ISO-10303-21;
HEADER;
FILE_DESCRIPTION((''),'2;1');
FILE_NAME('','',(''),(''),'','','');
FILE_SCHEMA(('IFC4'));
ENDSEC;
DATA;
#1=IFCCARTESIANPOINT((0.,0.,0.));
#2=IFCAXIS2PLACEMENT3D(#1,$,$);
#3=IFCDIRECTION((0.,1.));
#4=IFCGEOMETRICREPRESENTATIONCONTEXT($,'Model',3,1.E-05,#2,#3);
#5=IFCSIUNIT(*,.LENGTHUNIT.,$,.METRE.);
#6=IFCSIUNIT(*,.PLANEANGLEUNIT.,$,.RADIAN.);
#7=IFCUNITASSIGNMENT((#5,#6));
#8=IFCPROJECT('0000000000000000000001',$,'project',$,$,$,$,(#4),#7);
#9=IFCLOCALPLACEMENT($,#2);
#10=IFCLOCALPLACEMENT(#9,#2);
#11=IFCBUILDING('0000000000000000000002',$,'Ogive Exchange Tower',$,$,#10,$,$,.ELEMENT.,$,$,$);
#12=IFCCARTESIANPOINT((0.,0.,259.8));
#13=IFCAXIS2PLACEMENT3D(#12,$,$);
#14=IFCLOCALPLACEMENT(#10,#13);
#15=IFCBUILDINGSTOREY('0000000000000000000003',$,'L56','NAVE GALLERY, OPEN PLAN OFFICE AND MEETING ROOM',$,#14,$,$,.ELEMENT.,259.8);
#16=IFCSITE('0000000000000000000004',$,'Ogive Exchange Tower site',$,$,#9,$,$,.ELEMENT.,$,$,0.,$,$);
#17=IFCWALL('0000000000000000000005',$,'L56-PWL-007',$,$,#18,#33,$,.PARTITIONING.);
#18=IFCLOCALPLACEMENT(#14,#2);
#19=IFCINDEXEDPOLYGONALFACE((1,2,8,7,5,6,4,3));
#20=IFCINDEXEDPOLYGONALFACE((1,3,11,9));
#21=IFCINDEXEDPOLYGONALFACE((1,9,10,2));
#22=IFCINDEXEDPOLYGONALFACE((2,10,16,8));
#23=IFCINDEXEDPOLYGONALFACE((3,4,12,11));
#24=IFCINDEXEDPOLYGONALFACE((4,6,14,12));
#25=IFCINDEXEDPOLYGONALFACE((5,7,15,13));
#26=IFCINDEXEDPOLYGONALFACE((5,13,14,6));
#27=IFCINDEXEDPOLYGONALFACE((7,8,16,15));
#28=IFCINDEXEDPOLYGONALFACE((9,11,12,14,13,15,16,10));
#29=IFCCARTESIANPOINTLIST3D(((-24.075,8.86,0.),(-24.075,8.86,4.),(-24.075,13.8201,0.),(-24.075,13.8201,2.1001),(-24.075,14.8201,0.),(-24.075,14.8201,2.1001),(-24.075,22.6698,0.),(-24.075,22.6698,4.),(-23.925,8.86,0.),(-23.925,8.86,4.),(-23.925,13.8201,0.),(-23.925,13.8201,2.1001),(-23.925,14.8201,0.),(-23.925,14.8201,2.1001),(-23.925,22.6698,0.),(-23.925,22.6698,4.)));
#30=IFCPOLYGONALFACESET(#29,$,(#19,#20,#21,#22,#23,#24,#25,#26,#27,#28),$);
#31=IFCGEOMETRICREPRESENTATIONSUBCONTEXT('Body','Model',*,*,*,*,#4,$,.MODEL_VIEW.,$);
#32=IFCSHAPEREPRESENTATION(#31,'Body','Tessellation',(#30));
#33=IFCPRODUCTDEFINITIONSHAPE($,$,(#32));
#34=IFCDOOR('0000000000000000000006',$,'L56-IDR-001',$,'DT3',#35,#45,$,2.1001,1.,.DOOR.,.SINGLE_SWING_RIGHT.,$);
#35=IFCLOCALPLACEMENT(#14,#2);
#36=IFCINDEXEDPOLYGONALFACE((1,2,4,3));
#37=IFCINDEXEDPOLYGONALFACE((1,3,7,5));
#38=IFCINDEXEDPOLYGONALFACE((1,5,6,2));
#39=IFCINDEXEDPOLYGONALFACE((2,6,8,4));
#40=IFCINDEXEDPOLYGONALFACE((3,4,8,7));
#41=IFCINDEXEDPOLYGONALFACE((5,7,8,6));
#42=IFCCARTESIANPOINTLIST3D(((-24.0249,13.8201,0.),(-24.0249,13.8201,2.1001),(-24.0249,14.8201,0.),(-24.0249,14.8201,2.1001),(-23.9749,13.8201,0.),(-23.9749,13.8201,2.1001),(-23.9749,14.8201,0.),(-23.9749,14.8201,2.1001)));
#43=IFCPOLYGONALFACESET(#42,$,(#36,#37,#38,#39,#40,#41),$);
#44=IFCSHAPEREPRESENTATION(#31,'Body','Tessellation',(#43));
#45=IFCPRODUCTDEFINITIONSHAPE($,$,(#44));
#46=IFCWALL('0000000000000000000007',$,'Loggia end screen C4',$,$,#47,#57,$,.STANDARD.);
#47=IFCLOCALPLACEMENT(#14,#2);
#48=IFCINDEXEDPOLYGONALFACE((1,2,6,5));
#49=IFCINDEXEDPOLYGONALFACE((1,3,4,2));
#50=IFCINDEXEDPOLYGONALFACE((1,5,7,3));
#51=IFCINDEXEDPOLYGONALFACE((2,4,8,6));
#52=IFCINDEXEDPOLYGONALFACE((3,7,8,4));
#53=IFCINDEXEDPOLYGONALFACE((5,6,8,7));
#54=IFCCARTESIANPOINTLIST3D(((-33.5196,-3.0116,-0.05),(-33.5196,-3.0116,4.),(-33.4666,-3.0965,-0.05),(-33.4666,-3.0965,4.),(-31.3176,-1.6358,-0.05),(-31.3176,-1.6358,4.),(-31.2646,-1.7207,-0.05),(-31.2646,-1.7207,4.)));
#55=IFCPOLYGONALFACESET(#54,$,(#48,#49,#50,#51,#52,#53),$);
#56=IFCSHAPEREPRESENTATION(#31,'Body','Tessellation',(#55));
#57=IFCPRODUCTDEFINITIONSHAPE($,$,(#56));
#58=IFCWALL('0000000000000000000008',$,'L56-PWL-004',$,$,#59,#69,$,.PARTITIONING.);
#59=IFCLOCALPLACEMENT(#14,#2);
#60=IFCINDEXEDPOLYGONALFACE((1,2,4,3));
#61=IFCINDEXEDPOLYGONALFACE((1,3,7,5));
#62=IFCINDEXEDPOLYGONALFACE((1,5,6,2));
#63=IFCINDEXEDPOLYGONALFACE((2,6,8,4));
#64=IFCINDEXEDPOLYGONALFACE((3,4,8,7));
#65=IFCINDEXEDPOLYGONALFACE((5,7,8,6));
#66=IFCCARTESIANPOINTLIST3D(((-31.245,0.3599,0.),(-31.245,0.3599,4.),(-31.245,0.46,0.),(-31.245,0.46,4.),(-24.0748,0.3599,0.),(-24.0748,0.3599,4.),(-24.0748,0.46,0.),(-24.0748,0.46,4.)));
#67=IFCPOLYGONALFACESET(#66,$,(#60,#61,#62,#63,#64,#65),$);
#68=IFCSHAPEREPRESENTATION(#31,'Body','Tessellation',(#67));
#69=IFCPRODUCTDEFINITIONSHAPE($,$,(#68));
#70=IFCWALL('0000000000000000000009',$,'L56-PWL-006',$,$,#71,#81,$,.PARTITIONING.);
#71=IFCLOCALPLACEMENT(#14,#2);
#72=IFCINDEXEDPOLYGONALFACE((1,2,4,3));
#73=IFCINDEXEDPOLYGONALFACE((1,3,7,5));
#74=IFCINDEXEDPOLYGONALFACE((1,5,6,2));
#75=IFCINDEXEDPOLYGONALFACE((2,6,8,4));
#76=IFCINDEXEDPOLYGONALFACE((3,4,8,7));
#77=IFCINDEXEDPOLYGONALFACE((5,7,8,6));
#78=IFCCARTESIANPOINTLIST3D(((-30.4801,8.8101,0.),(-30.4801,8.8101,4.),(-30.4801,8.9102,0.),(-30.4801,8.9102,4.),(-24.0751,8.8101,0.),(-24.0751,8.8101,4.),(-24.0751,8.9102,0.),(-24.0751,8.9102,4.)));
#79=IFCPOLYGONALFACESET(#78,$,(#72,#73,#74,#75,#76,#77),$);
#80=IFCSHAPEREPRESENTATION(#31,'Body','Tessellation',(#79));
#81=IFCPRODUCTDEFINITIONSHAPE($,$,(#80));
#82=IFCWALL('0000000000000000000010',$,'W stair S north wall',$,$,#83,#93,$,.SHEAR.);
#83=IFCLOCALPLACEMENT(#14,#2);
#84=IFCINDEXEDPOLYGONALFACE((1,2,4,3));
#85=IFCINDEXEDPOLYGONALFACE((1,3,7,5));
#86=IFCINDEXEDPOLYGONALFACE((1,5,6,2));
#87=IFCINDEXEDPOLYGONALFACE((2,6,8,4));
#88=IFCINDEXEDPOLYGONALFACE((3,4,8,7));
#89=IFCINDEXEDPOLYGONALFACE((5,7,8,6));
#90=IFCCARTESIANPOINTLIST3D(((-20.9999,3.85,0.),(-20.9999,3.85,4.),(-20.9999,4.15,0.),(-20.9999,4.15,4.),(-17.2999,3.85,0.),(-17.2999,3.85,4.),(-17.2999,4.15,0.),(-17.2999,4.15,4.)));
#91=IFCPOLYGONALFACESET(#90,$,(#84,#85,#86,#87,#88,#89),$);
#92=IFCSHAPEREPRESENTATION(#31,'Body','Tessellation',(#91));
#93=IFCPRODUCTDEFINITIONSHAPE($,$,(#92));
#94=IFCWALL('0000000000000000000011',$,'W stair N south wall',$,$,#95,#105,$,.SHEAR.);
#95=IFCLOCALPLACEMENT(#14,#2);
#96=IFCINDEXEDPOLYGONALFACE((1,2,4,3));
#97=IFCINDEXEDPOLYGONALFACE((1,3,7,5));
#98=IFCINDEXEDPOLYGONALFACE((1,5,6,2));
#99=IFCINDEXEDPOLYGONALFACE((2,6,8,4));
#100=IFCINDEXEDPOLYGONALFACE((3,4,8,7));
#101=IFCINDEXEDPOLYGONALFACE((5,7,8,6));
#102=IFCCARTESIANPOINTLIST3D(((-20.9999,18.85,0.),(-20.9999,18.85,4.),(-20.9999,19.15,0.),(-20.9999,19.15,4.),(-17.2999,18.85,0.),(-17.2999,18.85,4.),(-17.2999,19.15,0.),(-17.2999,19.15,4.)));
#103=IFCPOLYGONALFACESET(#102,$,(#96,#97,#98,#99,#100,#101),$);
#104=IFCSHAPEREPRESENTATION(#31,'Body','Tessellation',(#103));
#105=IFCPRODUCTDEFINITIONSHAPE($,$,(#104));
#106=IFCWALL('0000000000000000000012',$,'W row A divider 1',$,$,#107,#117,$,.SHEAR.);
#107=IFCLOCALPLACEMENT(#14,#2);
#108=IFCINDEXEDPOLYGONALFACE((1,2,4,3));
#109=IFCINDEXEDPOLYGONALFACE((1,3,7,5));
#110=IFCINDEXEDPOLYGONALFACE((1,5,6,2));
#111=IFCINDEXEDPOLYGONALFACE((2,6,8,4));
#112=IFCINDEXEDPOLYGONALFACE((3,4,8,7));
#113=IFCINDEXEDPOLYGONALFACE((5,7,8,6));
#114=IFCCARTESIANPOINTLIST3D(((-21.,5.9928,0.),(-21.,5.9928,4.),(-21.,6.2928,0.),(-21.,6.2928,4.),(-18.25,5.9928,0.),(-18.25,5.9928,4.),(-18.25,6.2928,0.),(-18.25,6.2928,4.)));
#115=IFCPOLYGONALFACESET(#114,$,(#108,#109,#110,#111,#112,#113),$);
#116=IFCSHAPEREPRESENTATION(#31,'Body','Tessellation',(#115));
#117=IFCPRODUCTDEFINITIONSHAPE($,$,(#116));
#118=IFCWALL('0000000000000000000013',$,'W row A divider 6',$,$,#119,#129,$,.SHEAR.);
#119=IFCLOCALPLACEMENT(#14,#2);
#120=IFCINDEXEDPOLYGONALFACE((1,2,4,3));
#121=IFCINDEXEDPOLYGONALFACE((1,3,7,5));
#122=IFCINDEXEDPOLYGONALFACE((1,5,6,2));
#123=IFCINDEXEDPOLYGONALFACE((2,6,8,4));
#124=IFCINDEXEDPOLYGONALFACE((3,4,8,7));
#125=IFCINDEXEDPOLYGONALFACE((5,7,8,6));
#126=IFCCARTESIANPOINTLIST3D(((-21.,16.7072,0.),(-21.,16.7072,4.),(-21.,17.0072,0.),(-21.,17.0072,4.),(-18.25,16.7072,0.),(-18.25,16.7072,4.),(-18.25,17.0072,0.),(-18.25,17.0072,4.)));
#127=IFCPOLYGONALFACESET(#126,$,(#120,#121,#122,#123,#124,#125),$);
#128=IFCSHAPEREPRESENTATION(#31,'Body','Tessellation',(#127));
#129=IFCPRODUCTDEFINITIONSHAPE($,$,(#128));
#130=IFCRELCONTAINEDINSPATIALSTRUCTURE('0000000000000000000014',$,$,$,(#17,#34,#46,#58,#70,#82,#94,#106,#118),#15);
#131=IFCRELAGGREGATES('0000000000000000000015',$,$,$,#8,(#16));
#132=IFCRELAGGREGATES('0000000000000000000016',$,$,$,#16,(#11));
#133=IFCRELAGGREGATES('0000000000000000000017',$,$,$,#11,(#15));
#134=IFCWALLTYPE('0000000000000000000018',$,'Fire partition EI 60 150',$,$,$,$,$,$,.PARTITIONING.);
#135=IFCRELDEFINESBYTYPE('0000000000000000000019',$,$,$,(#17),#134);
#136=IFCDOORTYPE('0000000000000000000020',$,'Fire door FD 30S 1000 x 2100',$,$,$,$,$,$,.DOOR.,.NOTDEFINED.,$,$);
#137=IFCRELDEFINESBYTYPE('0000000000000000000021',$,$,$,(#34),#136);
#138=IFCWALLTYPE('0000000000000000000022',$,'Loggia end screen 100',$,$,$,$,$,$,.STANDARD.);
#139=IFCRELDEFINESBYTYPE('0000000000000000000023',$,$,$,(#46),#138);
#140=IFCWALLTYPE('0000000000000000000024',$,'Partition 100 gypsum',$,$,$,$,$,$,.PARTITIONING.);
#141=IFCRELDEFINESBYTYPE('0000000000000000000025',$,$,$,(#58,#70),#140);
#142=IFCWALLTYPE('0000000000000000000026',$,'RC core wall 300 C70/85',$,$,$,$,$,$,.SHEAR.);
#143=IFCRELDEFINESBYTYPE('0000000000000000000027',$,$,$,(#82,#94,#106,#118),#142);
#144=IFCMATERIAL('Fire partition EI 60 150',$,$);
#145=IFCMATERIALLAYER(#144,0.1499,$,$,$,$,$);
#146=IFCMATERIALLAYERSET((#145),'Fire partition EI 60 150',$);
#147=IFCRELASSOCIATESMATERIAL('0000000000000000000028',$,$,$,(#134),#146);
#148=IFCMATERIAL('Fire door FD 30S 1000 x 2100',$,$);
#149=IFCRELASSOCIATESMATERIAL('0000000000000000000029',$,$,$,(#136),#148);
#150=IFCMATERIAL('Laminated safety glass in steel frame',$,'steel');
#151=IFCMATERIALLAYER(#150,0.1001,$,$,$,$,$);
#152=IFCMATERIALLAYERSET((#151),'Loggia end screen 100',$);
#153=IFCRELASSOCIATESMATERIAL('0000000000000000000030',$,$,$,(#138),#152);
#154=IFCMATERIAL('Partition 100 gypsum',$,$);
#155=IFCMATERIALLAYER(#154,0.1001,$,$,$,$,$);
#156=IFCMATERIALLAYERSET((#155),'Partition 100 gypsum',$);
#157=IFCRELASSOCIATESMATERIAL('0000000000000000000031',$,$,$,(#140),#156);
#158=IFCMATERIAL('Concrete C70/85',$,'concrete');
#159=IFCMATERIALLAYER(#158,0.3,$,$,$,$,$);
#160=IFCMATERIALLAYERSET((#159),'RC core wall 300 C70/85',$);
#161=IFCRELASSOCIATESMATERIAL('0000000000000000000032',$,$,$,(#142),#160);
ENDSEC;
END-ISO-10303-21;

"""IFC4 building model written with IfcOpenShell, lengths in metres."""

from ifc_helpers import new_model, si_unit, direction, frame, frame_2d, origin, place, context, subcontext, project, spatial, rectangle, extrude, material, layer, layer_set, type_object, element, fill, save


model = new_model("IFC4")

# Units and contexts
model_context = context("Model", 3, precision=1e-05, world=origin(), true_north=direction((0.0, 1.0)))
body_context = subcontext(model_context, "Body", "Model", "MODEL_VIEW")
ifc_project = project(units=[si_unit("LENGTHUNIT", "METRE"), si_unit("PLANEANGLEUNIT", "RADIAN")], contexts=[model_context])

# Site, building, storey
site_placement = place(None, origin())
site = spatial("IfcSite", under=ifc_project, at=site_placement, Name="Ogive Exchange Tower site", CompositionType="ELEMENT", RefElevation=0.0)
building_placement = place(site_placement, origin())
building = spatial("IfcBuilding", under=site, at=building_placement, Name="Ogive Exchange Tower", CompositionType="ELEMENT")
storey_placement = place(building_placement, frame((0.0, 0.0, 259.8)))
storey = spatial("IfcBuildingStorey", under=building, at=storey_placement, Name="L56", Description="NAVE GALLERY, OPEN PLAN OFFICE AND MEETING ROOM", CompositionType="ELEMENT", Elevation=259.8)

# Wall, opening, door
ifc_material_1 = material(Name="Fire partition EI 60 150")
ifc_layer_1 = layer(ifc_material_1, 0.1499)
ifc_layer_set_1 = layer_set([ifc_layer_1], Name="Fire partition EI 60 150")
wall_type_1 = type_object("IfcWallType", Name="Fire partition EI 60 150", PredefinedType="PARTITIONING", material=ifc_layer_set_1)
ifc_material_2 = material(Name="Fire door FD 30S 1000 x 2100")
door_type = type_object("IfcDoorType", Name="Fire door FD 30S 1000 x 2100", OperationType="NOTDEFINED", PredefinedType="DOOR", material=ifc_material_2)
wall_1_placement = place(storey_placement, frame((-24.0, 8.8601, 0.0), z_axis=(0.0, 0.0, 1.0), x_axis=(0.0, 1.0, 0.0)))
wall_1 = element("IfcWall", 1, at=wall_1_placement, inside=storey, type_object=wall_type_1, Name="L56-PWL-007", PredefinedType="PARTITIONING", context=body_context, shape_type="SweptSolid", body=[
    extrude(rectangle(XDim=13.8098, YDim=0.1499, at=frame_2d((6.9048, 0.0))), origin(), (0.0, 0.0, 1.0), 4.0),
])
opening_1_placement = place(wall_1_placement, frame((4.96, 0.0, 0.0)))
opening_1 = element("IfcOpeningElement", 2, at=opening_1_placement, cuts=wall_1, PredefinedType="OPENING", context=body_context, shape_type="SweptSolid", body=[
    extrude(rectangle(XDim=1.0, YDim=2.1001, at=frame_2d((0.5, 1.05))), frame((0.0, 0.085, 0.0), z_axis=(0.0, -1.0, 0.0), x_axis=(1.0, 0.0, 0.0)), (0.0, 0.0, 1.0), 0.1699),
])
door_1_placement = place(opening_1_placement, origin())
door_1 = element("IfcDoor", 3, at=door_1_placement, inside=storey, type_object=door_type, Name="L56-IDR-001", ObjectType="DT3", OperationType="SINGLE_SWING_RIGHT", OverallHeight=2.1001, OverallWidth=1.0, PredefinedType="DOOR", context=body_context, shape_type="SweptSolid", body=[
    extrude(rectangle(XDim=1.0, YDim=2.1001, at=frame_2d((0.5, 1.05))), frame((0.0, 0.0249, 0.0), z_axis=(0.0, -1.0, 0.0), x_axis=(1.0, 0.0, 0.0)), (0.0, 0.0, 1.0), 0.05),
])
fill(opening_1, door_1)

# Walls
ifc_material_3 = material(Name="Laminated safety glass in steel frame", Category="steel")
ifc_layer_2 = layer(ifc_material_3, 0.1001)
ifc_layer_set_2 = layer_set([ifc_layer_2], Name="Loggia end screen 100")
wall_type_2 = type_object("IfcWallType", Name="Loggia end screen 100", PredefinedType="STANDARD", material=ifc_layer_set_2)
wall_2_placement = place(storey_placement, frame((-31.291, -1.6782, -0.05), z_axis=(0.0, 0.0, 1.0), x_axis=(-0.848078, -0.529872, 0.0)))
element("IfcWall", 4, at=wall_2_placement, inside=storey, type_object=wall_type_2, Name="Loggia end screen C4", PredefinedType="STANDARD", context=body_context, shape_type="SweptSolid", body=[
    extrude(rectangle(XDim=2.5964, YDim=0.1001, at=frame_2d((1.2983, 0.0))), origin(), (0.0, 0.0, 1.0), 4.05),
])
ifc_material_4 = material(Name="Partition 100 gypsum")
ifc_layer_3 = layer(ifc_material_4, 0.1001)
ifc_layer_set_3 = layer_set([ifc_layer_3], Name="Partition 100 gypsum")
wall_type_3 = type_object("IfcWallType", Name="Partition 100 gypsum", PredefinedType="PARTITIONING", material=ifc_layer_set_3)
wall_3_placement = place(storey_placement, frame((-24.075, 0.4099, 0.0), z_axis=(0.0, 0.0, 1.0), x_axis=(-1.0, 0.0, 0.0)))
element("IfcWall", 5, at=wall_3_placement, inside=storey, type_object=wall_type_3, Name="L56-PWL-004", PredefinedType="PARTITIONING", context=body_context, shape_type="SweptSolid", body=[
    extrude(rectangle(XDim=7.1702, YDim=0.1001, at=frame_2d((3.585, 0.0))), origin(), (0.0, 0.0, 1.0), 4.0),
])
wall_4_placement = place(storey_placement, frame((-24.075, 8.8601, 0.0), z_axis=(0.0, 0.0, 1.0), x_axis=(-1.0, 0.0, 0.0)))
element("IfcWall", 6, at=wall_4_placement, inside=storey, type_object=wall_type_3, Name="L56-PWL-006", PredefinedType="PARTITIONING", context=body_context, shape_type="SweptSolid", body=[
    extrude(rectangle(XDim=6.405, YDim=0.1001, at=frame_2d((3.2026, 0.0))), origin(), (0.0, 0.0, 1.0), 4.0),
])
ifc_material_5 = material(Name="Concrete C70/85", Category="concrete")
ifc_layer_4 = layer(ifc_material_5, 0.3)
ifc_layer_set_4 = layer_set([ifc_layer_4], Name="RC core wall 300 C70/85")
wall_type_4 = type_object("IfcWallType", Name="RC core wall 300 C70/85", PredefinedType="SHEAR", material=ifc_layer_set_4)
for number, where, z_axis, x_axis, name in (
    (7, (-21.0, 4.0, 0.0), (0.0, 0.0, 1.0), (1.0, 0.0, 0.0), "W stair S north wall"),
    (8, (-21.0, 19.0, 0.0), (0.0, 0.0, 1.0), (1.0, 0.0, 0.0), "W stair N south wall"),
):
    element("IfcWall", number, at=place(storey_placement, frame(where, z_axis=z_axis, x_axis=x_axis)), inside=storey, type_object=wall_type_4, Name=name, PredefinedType="SHEAR", context=body_context, shape_type="SweptSolid", body=[
        extrude(rectangle(XDim=3.7, YDim=0.3, at=frame_2d((1.8501, 0.0))), origin(), (0.0, 0.0, 1.0), 4.0),
    ])
for number, where, z_axis, x_axis, name in (
    (9, (-21.0, 6.1428, 0.0), (0.0, 0.0, 1.0), (1.0, 0.0, 0.0), "W row A divider 1"),
    (10, (-21.0, 16.8572, 0.0), (0.0, 0.0, 1.0), (1.0, 0.0, 0.0), "W row A divider 6"),
):
    element("IfcWall", number, at=place(storey_placement, frame(where, z_axis=z_axis, x_axis=x_axis)), inside=storey, type_object=wall_type_4, Name=name, PredefinedType="SHEAR", context=body_context, shape_type="SweptSolid", body=[
        extrude(rectangle(XDim=2.75, YDim=0.3, at=frame_2d((1.375, 0.0))), origin(), (0.0, 0.0, 1.0), 4.0),
    ])

save(model, "model.ifc")
